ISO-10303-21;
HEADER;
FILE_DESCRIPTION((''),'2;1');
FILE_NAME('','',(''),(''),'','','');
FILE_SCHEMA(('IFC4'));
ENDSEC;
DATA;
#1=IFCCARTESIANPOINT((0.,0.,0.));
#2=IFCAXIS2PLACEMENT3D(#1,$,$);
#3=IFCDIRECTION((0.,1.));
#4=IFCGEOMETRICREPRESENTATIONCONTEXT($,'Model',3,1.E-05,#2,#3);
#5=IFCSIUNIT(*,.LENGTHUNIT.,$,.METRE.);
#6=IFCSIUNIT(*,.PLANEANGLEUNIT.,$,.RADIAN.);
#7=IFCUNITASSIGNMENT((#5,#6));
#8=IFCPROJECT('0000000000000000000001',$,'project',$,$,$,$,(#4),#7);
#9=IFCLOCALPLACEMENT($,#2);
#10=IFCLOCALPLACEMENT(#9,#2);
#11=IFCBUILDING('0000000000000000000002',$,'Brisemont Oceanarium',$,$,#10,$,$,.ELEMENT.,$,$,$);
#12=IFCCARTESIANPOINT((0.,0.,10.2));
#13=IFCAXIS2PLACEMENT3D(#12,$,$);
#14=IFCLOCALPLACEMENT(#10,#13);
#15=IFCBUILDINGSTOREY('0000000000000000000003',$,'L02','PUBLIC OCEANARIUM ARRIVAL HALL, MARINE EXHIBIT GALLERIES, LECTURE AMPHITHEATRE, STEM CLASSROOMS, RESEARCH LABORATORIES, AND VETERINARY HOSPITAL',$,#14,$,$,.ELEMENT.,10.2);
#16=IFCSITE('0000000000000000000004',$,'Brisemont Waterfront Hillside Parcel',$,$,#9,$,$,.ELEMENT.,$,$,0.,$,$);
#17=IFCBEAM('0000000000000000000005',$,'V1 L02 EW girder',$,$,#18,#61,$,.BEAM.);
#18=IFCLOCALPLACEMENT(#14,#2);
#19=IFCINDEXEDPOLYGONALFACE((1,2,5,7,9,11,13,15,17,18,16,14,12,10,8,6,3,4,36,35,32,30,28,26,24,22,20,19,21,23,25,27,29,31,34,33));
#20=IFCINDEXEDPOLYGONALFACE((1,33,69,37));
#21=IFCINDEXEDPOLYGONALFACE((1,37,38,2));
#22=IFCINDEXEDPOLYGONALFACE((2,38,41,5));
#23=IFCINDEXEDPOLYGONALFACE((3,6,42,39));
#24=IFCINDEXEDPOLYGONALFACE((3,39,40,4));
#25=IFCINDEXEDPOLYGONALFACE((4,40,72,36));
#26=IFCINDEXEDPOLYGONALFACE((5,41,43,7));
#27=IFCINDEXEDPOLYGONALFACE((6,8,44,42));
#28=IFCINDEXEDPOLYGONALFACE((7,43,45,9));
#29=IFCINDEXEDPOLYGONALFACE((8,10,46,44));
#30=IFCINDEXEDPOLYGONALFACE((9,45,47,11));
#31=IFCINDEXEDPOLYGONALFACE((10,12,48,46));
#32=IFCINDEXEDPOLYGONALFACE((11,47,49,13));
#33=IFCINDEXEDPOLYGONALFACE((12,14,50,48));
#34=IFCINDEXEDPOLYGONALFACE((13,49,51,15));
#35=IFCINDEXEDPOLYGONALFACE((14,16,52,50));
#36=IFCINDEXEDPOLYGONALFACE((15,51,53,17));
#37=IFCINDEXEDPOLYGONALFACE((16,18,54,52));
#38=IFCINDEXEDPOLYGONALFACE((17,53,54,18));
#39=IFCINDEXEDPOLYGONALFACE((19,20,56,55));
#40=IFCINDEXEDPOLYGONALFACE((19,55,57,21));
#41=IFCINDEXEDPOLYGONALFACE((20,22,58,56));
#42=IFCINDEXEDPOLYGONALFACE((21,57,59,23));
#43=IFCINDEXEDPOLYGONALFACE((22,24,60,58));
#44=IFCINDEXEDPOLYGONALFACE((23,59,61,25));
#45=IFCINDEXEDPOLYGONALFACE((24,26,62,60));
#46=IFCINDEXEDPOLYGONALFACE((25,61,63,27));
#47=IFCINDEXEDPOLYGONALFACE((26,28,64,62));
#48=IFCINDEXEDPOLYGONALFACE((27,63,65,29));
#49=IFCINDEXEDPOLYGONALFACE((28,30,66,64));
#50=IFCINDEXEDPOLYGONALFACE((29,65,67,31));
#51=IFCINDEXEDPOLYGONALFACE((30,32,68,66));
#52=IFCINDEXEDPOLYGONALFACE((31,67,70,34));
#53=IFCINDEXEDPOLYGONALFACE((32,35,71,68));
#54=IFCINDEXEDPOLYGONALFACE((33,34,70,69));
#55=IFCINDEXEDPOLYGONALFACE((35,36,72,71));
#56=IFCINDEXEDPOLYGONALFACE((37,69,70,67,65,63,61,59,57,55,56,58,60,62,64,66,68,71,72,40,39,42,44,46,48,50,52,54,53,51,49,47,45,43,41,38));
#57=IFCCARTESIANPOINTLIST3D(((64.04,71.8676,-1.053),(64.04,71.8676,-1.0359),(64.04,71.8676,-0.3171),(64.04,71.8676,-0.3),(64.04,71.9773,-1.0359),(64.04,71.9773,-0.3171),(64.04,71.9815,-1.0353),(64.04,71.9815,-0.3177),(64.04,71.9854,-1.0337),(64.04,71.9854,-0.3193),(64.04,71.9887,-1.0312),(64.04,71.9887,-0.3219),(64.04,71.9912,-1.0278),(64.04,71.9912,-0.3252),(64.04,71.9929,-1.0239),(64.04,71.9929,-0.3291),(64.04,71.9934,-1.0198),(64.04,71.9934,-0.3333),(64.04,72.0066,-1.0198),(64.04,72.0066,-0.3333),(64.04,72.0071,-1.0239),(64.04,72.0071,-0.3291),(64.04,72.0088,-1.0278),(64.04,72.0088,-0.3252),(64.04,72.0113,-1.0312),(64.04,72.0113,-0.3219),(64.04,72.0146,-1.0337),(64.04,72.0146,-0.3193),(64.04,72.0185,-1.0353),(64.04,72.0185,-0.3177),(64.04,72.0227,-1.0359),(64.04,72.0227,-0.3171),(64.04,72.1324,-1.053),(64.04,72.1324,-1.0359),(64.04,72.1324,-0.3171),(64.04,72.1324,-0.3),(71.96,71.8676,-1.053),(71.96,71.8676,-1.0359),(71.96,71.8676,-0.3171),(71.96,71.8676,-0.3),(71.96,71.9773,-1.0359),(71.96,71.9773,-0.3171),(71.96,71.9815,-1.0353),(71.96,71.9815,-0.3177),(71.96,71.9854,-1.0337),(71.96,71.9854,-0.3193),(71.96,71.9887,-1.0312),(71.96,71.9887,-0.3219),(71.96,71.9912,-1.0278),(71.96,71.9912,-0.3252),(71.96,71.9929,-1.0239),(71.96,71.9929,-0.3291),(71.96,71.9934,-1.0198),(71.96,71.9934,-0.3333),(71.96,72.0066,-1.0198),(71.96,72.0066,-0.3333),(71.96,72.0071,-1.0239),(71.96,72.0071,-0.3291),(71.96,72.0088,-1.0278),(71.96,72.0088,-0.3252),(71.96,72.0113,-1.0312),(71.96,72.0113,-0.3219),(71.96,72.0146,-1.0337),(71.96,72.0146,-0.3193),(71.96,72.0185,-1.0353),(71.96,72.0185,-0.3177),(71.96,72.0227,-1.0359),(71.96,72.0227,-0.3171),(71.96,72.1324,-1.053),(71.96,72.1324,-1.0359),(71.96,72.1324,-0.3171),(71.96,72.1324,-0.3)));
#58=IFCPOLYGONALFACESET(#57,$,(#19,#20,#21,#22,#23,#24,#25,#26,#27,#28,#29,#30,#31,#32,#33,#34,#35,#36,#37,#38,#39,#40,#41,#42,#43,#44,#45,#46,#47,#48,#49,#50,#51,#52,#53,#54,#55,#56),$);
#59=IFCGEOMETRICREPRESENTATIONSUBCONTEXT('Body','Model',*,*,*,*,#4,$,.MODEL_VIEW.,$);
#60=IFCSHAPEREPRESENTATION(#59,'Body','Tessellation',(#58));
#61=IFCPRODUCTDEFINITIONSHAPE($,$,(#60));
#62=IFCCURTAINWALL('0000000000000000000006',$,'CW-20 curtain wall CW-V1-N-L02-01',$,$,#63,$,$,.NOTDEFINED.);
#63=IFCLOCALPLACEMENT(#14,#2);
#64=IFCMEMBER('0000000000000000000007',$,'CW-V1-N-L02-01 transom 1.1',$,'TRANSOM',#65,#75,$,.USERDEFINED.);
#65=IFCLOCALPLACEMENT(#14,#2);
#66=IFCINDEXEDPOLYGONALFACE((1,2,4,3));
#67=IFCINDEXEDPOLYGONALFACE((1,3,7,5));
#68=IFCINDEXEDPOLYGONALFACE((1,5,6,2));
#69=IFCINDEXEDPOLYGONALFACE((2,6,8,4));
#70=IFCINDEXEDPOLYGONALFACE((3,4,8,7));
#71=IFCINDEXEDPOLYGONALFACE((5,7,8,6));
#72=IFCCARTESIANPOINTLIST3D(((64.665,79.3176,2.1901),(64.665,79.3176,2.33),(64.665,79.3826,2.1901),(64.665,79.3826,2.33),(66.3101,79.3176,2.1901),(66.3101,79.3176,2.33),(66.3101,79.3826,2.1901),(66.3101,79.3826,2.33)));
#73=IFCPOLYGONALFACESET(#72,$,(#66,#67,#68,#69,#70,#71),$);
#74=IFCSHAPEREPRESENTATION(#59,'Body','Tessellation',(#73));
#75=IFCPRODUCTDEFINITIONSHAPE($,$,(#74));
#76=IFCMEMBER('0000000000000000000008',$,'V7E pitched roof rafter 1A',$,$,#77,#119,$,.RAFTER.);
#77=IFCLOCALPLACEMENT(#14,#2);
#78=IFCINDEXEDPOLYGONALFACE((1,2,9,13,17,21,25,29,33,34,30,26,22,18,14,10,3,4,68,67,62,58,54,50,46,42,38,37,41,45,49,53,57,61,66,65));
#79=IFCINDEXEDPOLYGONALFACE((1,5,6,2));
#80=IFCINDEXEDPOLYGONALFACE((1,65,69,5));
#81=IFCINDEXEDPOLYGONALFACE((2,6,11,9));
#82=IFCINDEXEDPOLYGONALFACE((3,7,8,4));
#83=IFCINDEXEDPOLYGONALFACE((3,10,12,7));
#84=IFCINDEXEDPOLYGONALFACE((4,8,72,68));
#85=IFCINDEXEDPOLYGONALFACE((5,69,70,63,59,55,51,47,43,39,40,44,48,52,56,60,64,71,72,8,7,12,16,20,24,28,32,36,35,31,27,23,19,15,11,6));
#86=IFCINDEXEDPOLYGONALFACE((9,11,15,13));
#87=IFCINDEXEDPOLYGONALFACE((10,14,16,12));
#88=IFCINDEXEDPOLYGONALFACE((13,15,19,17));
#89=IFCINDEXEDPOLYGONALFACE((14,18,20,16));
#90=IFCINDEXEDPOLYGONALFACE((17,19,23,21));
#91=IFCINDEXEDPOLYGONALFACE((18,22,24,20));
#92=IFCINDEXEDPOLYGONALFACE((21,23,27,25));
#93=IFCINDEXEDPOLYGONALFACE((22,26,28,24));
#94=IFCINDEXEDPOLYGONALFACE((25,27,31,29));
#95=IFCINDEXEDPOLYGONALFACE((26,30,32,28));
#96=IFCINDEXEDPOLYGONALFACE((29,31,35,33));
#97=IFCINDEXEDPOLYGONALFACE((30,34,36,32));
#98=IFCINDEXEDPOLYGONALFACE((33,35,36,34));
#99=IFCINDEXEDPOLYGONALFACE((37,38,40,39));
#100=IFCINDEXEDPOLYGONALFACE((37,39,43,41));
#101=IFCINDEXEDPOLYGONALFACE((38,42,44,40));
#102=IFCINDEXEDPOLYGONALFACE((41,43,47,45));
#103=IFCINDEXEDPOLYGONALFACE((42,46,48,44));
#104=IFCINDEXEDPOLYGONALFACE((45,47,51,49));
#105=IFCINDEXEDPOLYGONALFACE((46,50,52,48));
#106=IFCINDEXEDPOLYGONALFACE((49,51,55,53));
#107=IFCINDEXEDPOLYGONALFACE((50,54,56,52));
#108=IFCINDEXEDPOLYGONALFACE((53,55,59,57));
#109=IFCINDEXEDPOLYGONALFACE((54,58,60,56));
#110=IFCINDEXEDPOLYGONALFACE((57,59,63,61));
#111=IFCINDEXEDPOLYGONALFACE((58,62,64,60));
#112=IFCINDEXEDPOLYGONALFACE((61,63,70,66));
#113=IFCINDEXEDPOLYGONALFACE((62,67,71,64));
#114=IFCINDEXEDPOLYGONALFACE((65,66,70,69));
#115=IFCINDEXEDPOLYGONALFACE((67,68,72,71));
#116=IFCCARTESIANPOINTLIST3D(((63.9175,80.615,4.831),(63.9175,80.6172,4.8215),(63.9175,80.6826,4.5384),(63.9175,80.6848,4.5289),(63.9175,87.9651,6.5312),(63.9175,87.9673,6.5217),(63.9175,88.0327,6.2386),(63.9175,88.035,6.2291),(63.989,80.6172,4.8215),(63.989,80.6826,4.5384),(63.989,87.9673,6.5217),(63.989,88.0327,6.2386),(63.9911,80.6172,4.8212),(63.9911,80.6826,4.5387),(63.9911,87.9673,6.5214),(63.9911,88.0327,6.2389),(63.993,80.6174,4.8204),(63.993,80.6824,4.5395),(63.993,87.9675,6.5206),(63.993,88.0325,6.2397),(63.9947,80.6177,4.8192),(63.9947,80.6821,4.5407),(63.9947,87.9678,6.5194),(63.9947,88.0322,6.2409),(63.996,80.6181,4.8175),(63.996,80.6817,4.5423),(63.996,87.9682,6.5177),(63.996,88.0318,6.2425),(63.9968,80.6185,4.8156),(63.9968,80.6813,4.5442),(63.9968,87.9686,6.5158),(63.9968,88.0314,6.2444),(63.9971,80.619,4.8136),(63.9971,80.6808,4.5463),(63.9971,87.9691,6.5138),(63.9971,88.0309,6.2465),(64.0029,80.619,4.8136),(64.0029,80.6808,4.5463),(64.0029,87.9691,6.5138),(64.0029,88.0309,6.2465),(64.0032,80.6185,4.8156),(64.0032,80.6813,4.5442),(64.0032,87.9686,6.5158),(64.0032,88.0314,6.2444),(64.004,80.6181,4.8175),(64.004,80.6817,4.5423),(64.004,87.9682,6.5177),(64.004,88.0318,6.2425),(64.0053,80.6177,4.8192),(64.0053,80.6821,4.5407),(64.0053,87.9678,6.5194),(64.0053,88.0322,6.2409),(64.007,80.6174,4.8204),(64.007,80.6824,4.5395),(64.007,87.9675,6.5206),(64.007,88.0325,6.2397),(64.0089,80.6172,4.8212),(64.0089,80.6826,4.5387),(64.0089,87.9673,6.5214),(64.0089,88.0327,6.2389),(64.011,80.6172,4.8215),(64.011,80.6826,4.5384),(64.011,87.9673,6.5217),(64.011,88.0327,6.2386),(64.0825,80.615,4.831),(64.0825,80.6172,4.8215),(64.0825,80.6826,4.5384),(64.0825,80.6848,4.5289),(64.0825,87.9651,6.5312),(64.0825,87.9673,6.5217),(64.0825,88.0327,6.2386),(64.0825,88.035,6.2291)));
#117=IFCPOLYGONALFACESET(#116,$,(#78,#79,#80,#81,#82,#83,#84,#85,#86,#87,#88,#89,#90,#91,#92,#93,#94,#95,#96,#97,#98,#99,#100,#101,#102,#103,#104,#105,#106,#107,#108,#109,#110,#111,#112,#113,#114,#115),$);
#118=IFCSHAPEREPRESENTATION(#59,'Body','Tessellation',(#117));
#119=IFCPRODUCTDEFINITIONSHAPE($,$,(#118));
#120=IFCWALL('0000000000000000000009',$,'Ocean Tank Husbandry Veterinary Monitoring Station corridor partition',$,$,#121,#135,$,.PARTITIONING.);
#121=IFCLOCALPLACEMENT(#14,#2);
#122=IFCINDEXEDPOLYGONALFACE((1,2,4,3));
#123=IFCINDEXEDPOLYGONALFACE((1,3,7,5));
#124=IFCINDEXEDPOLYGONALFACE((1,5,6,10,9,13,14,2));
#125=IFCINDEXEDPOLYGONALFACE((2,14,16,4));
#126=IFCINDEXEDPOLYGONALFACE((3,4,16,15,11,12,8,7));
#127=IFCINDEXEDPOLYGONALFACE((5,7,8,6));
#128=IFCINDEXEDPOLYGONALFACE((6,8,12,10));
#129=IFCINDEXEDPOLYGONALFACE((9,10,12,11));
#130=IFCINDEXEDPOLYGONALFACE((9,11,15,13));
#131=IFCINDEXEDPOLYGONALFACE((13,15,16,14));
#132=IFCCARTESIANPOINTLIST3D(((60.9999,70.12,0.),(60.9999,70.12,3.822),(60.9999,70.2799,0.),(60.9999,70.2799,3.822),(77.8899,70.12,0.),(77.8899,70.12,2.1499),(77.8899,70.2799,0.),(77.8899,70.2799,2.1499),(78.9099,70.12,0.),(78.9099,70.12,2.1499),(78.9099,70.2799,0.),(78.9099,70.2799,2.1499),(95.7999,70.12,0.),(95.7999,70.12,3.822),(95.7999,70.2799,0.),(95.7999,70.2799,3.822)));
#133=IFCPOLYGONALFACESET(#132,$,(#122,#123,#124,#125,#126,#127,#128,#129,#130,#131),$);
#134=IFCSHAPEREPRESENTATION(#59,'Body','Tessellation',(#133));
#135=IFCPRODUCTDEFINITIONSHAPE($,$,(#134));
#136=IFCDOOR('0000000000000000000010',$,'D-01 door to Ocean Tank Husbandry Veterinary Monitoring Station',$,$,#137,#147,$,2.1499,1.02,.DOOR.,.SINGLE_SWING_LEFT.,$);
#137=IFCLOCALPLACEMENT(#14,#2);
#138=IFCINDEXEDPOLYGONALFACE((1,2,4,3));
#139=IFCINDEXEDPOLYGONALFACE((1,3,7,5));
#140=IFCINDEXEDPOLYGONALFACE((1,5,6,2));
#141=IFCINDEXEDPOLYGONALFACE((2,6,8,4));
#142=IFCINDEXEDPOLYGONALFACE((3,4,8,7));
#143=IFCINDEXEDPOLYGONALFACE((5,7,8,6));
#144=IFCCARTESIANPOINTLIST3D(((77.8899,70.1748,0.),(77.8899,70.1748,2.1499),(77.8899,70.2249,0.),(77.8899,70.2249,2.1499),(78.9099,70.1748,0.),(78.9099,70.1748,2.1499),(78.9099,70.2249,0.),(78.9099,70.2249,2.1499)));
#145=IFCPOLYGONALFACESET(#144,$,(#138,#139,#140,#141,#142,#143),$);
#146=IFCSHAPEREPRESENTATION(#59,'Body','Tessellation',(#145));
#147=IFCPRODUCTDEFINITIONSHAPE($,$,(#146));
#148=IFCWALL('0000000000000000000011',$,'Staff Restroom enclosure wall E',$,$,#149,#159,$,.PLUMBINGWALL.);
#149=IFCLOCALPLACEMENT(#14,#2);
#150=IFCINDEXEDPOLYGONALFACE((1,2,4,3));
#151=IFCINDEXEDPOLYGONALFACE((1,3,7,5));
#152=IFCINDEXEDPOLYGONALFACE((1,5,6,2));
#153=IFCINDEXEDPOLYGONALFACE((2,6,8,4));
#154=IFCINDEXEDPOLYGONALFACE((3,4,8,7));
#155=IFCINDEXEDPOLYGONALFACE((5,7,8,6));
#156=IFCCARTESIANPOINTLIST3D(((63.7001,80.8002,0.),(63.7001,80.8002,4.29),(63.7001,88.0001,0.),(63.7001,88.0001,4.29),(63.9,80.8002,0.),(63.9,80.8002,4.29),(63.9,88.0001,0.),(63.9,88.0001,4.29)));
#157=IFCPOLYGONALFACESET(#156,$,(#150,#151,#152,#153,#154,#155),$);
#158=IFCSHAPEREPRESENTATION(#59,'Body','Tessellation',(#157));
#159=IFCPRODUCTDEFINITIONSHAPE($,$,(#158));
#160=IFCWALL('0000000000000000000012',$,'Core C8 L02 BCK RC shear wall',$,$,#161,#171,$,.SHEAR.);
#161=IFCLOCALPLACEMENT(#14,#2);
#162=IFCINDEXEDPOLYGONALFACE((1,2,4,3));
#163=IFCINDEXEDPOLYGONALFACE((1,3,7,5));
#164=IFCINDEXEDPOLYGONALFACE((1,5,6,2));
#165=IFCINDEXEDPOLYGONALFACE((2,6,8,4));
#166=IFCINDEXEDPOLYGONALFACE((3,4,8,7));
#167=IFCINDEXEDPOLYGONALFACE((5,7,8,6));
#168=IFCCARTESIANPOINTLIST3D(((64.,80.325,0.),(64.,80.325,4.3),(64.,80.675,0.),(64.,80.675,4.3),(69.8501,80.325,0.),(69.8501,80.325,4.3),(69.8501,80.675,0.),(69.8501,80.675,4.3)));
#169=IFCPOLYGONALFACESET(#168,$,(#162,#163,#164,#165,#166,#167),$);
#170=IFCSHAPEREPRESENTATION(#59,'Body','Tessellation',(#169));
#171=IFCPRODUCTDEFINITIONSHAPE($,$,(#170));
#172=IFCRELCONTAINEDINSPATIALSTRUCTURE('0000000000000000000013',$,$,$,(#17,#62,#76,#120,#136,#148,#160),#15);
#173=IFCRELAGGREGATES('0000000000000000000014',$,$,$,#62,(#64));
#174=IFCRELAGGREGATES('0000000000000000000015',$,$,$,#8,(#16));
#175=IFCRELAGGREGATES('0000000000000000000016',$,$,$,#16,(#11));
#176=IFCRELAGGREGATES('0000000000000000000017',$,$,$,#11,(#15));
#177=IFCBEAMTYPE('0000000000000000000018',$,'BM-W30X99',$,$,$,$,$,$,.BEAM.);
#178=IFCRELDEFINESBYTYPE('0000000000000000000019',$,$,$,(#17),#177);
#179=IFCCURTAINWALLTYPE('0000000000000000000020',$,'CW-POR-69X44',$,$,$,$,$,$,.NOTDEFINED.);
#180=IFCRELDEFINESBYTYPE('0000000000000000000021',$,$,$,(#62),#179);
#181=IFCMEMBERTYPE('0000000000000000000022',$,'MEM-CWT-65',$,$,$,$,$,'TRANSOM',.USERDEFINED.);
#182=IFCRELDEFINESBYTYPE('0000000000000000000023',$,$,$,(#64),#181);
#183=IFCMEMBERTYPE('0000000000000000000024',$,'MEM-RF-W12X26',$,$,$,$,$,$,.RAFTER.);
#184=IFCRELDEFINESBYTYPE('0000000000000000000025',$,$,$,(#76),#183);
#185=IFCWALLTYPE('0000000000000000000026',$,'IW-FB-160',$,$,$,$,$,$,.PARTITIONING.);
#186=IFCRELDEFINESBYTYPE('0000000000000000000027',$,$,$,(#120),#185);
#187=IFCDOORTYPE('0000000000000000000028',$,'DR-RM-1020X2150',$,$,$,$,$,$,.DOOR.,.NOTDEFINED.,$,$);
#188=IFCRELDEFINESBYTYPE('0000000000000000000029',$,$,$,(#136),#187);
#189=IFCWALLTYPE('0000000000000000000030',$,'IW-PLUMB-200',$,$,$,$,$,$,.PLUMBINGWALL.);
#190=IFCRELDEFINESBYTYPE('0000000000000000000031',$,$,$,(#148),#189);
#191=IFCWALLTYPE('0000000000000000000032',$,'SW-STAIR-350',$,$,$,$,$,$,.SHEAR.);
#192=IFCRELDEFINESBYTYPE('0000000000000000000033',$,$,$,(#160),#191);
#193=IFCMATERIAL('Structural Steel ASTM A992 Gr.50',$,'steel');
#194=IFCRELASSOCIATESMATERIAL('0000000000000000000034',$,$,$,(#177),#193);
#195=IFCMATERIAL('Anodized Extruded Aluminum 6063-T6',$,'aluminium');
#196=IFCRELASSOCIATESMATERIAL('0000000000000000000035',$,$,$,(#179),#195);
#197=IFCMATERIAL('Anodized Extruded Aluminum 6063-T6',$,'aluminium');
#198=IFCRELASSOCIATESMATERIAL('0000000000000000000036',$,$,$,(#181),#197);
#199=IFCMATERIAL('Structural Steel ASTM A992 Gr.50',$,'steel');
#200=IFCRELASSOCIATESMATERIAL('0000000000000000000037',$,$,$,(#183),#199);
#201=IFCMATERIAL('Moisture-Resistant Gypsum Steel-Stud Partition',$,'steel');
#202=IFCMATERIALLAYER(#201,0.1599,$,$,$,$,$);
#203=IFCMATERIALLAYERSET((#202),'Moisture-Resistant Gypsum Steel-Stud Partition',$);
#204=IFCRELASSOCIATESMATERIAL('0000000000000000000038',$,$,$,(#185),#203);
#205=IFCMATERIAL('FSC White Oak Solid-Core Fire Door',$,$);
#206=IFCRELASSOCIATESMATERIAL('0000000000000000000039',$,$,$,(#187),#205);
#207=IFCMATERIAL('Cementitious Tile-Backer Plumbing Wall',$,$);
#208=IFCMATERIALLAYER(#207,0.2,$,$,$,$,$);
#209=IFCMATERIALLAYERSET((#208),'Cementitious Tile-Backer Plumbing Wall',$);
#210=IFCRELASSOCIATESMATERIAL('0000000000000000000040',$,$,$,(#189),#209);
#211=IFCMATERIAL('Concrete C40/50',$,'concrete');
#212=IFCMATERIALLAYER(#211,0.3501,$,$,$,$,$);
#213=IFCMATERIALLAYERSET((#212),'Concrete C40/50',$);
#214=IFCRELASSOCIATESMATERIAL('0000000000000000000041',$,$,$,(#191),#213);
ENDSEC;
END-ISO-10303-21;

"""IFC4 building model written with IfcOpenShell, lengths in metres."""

from ifc_helpers import new_model, si_unit, direction, frame, frame_2d, origin, origin_2d, place, context, subcontext, project, spatial, rectangle, i_section, extrude, material, layer, layer_set, material_profile, profile_set, type_object, element, fill, aggregate, save


model = new_model("IFC4")

# Units and contexts
model_context = context("Model", 3, precision=1e-05, world=origin(), true_north=direction((0.0, 1.0)))
body_context = subcontext(model_context, "Body", "Model", "MODEL_VIEW")
ifc_project = project(units=[si_unit("LENGTHUNIT", "METRE"), si_unit("PLANEANGLEUNIT", "RADIAN")], contexts=[model_context])

# Site, building, storey
site_placement = place(None, origin())
site = spatial("IfcSite", under=ifc_project, at=site_placement, Name="Brisemont Waterfront Hillside Parcel", CompositionType="ELEMENT", RefElevation=0.0)
building_placement = place(site_placement, origin())
building = spatial("IfcBuilding", under=site, at=building_placement, Name="Brisemont Oceanarium", CompositionType="ELEMENT")
storey_placement = place(building_placement, frame((0.0, 0.0, 10.2)))
storey = spatial("IfcBuildingStorey", under=building, at=storey_placement, Name="L02", Description="PUBLIC OCEANARIUM ARRIVAL HALL, MARINE EXHIBIT GALLERIES, LECTURE AMPHITHEATRE, STEM CLASSROOMS, RESEARCH LABORATORIES, AND VETERINARY HOSPITAL", CompositionType="ELEMENT", Elevation=10.2)

# Beam
ifc_material_1 = material(Name="Structural Steel ASTM A992 Gr.50", Category="steel")
ifc_material_profile_1 = material_profile(ifc_material_1, i_section(OverallWidth=0.2649, OverallDepth=0.7529, WebThickness=0.0132, FlangeThickness=0.0171, FilletRadius=0.0161, at=origin_2d()), Name="W30X99")
ifc_profile_set_1 = profile_set([ifc_material_profile_1], Name="Structural Steel ASTM A992 Gr.50")
beam_type_1 = type_object("IfcBeamType", Name="BM-W30X99", PredefinedType="BEAM", material=ifc_profile_set_1)
beam_1_placement = place(storey_placement, frame((64.04, 72.0, -0.6765), z_axis=(1.0, 0.0, 0.0), x_axis=(0.0, 1.0, 0.0)))
element("IfcBeam", 1, at=beam_1_placement, inside=storey, type_object=beam_type_1, Name="V1 L02 EW girder", PredefinedType="BEAM", context=body_context, shape_type="SweptSolid", body=[
    extrude(i_section(OverallWidth=0.2649, OverallDepth=0.7529, WebThickness=0.0132, FlangeThickness=0.0171, FilletRadius=0.0161, at=origin_2d()), origin(), (0.0, 0.0, 1.0), 7.9199),
])

# Curtain wall, member
ifc_material_2 = material(Name="Anodized Extruded Aluminum 6063-T6", Category="aluminium")
curtain_wall_type = type_object("IfcCurtainWallType", Name="CW-POR-69X44", PredefinedType="NOTDEFINED", material=ifc_material_2)
curtain_wall_placement = place(storey_placement, origin())
curtain_wall = element("IfcCurtainWall", 2, at=curtain_wall_placement, inside=storey, type_object=curtain_wall_type, Name="CW-20 curtain wall CW-V1-N-L02-01", PredefinedType="NOTDEFINED")
ifc_material_3 = material(Name="Anodized Extruded Aluminum 6063-T6", Category="aluminium")
ifc_material_profile_2 = material_profile(ifc_material_3, rectangle(XDim=0.0649, YDim=0.1399, at=origin_2d()), Name="CWT-65X140")
ifc_profile_set_2 = profile_set([ifc_material_profile_2], Name="Anodized Extruded Aluminum 6063-T6")
member_type_1 = type_object("IfcMemberType", Name="MEM-CWT-65", ElementType="TRANSOM", PredefinedType="USERDEFINED", material=ifc_profile_set_2)
member_1_placement = place(storey_placement, frame((64.665, 79.3501, 2.26), z_axis=(1.0, 0.0, 0.0), x_axis=(0.0, 1.0, 0.0)))
member_1 = element("IfcMember", 3, at=member_1_placement, type_object=member_type_1, Name="CW-V1-N-L02-01 transom 1.1", ObjectType="TRANSOM", PredefinedType="USERDEFINED", context=body_context, shape_type="SweptSolid", body=[
    extrude(rectangle(XDim=0.0649, YDim=0.1399, at=origin_2d()), origin(), (0.0, 0.0, 1.0), 1.645),
])
aggregate(curtain_wall, [member_1])

# Member
ifc_material_4 = material(Name="Structural Steel ASTM A992 Gr.50", Category="steel")
ifc_material_profile_3 = material_profile(ifc_material_4, i_section(OverallWidth=0.165, OverallDepth=0.3101, WebThickness=0.0059, FlangeThickness=0.0098, FilletRadius=0.0081, at=origin_2d()), Name="W12X26")
ifc_profile_set_3 = profile_set([ifc_material_profile_3], Name="Structural Steel ASTM A992 Gr.50")
member_type_2 = type_object("IfcMemberType", Name="MEM-RF-W12X26", PredefinedType="RAFTER", material=ifc_profile_set_3)
member_2_placement = place(storey_placement, frame((64.0, 80.6499, 4.6799), z_axis=(0.0, 0.974274, 0.225365), x_axis=(-1.0, 0.0, 0.0)))
element("IfcMember", 4, at=member_2_placement, inside=storey, type_object=member_type_2, Name="V7E pitched roof rafter 1A", PredefinedType="RAFTER", context=body_context, shape_type="SweptSolid", body=[
    extrude(i_section(OverallWidth=0.165, OverallDepth=0.3101, WebThickness=0.0059, FlangeThickness=0.0098, FilletRadius=0.0081, at=origin_2d()), origin(), (0.0, 0.0, 1.0), 7.5442),
])

# Wall, opening, door
ifc_material_5 = material(Name="Moisture-Resistant Gypsum Steel-Stud Partition", Category="steel")
ifc_layer_1 = layer(ifc_material_5, 0.1599)
ifc_layer_set_1 = layer_set([ifc_layer_1], Name="Moisture-Resistant Gypsum Steel-Stud Partition")
wall_type_1 = type_object("IfcWallType", Name="IW-FB-160", PredefinedType="PARTITIONING", material=ifc_layer_set_1)
wall_1_placement = place(storey_placement, frame((61.0, 70.2, 0.0), z_axis=(0.0, 0.0, 1.0), x_axis=(1.0, 0.0, 0.0)))
wall_1 = element("IfcWall", 5, at=wall_1_placement, inside=storey, type_object=wall_type_1, Name="Ocean Tank Husbandry Veterinary Monitoring Station corridor partition", PredefinedType="PARTITIONING", context=body_context, shape_type="SweptSolid", body=[
    extrude(rectangle(XDim=34.8, YDim=0.1599, at=frame_2d((17.3999, 0.0))), origin(), (0.0, 0.0, 1.0), 3.822),
])
opening_placement = place(wall_1_placement, frame((16.8899, 0.0, 0.0)))
opening = element("IfcOpeningElement", 6, at=opening_placement, cuts=wall_1, PredefinedType="OPENING", context=body_context, shape_type="SweptSolid", body=[
    extrude(rectangle(XDim=1.02, YDim=2.1499, at=frame_2d((0.51, 1.075))), frame((0.0, 0.0898, 0.0), z_axis=(0.0, -1.0, 0.0), x_axis=(1.0, 0.0, 0.0)), (0.0, 0.0, 1.0), 0.1799),
])
ifc_material_6 = material(Name="FSC White Oak Solid-Core Fire Door")
door_type = type_object("IfcDoorType", Name="DR-RM-1020X2150", OperationType="NOTDEFINED", PredefinedType="DOOR", material=ifc_material_6)
door_placement = place(opening_placement, origin())
door = element("IfcDoor", 7, at=door_placement, inside=storey, type_object=door_type, Name="D-01 door to Ocean Tank Husbandry Veterinary Monitoring Station", OperationType="SINGLE_SWING_LEFT", OverallHeight=2.1499, OverallWidth=1.02, PredefinedType="DOOR", context=body_context, shape_type="SweptSolid", body=[
    extrude(rectangle(XDim=1.02, YDim=2.1499, at=frame_2d((0.51, 1.075))), frame((0.0, 0.0249, 0.0), z_axis=(0.0, -1.0, 0.0), x_axis=(1.0, 0.0, 0.0)), (0.0, 0.0, 1.0), 0.05),
])
fill(opening, door)

# Walls
ifc_material_7 = material(Name="Cementitious Tile-Backer Plumbing Wall")
ifc_layer_2 = layer(ifc_material_7, 0.2)
ifc_layer_set_2 = layer_set([ifc_layer_2], Name="Cementitious Tile-Backer Plumbing Wall")
wall_type_2 = type_object("IfcWallType", Name="IW-PLUMB-200", PredefinedType="PLUMBINGWALL", material=ifc_layer_set_2)
wall_2_placement = place(storey_placement, frame((63.8, 80.8, 0.0), z_axis=(0.0, 0.0, 1.0), x_axis=(0.0, 1.0, 0.0)))
element("IfcWall", 8, at=wall_2_placement, inside=storey, type_object=wall_type_2, Name="Staff Restroom enclosure wall E", PredefinedType="PLUMBINGWALL", context=body_context, shape_type="SweptSolid", body=[
    extrude(rectangle(XDim=7.2, YDim=0.2, at=frame_2d((3.6001, 0.0))), origin(), (0.0, 0.0, 1.0), 4.29),
])
ifc_material_8 = material(Name="Concrete C40/50", Category="concrete")
ifc_layer_3 = layer(ifc_material_8, 0.3501)
ifc_layer_set_3 = layer_set([ifc_layer_3], Name="Concrete C40/50")
wall_type_3 = type_object("IfcWallType", Name="SW-STAIR-350", PredefinedType="SHEAR", material=ifc_layer_set_3)
wall_3_placement = place(storey_placement, frame((64.0, 80.5, 0.0), z_axis=(0.0, 0.0, 1.0), x_axis=(1.0, 0.0, 0.0)))
element("IfcWall", 9, at=wall_3_placement, inside=storey, type_object=wall_type_3, Name="Core C8 L02 BCK RC shear wall", PredefinedType="SHEAR", context=body_context, shape_type="SweptSolid", body=[
    extrude(rectangle(XDim=5.8501, YDim=0.3501, at=frame_2d((2.925, 0.0))), origin(), (0.0, 0.0, 1.0), 4.3),
])

save(model, "model.ifc")
